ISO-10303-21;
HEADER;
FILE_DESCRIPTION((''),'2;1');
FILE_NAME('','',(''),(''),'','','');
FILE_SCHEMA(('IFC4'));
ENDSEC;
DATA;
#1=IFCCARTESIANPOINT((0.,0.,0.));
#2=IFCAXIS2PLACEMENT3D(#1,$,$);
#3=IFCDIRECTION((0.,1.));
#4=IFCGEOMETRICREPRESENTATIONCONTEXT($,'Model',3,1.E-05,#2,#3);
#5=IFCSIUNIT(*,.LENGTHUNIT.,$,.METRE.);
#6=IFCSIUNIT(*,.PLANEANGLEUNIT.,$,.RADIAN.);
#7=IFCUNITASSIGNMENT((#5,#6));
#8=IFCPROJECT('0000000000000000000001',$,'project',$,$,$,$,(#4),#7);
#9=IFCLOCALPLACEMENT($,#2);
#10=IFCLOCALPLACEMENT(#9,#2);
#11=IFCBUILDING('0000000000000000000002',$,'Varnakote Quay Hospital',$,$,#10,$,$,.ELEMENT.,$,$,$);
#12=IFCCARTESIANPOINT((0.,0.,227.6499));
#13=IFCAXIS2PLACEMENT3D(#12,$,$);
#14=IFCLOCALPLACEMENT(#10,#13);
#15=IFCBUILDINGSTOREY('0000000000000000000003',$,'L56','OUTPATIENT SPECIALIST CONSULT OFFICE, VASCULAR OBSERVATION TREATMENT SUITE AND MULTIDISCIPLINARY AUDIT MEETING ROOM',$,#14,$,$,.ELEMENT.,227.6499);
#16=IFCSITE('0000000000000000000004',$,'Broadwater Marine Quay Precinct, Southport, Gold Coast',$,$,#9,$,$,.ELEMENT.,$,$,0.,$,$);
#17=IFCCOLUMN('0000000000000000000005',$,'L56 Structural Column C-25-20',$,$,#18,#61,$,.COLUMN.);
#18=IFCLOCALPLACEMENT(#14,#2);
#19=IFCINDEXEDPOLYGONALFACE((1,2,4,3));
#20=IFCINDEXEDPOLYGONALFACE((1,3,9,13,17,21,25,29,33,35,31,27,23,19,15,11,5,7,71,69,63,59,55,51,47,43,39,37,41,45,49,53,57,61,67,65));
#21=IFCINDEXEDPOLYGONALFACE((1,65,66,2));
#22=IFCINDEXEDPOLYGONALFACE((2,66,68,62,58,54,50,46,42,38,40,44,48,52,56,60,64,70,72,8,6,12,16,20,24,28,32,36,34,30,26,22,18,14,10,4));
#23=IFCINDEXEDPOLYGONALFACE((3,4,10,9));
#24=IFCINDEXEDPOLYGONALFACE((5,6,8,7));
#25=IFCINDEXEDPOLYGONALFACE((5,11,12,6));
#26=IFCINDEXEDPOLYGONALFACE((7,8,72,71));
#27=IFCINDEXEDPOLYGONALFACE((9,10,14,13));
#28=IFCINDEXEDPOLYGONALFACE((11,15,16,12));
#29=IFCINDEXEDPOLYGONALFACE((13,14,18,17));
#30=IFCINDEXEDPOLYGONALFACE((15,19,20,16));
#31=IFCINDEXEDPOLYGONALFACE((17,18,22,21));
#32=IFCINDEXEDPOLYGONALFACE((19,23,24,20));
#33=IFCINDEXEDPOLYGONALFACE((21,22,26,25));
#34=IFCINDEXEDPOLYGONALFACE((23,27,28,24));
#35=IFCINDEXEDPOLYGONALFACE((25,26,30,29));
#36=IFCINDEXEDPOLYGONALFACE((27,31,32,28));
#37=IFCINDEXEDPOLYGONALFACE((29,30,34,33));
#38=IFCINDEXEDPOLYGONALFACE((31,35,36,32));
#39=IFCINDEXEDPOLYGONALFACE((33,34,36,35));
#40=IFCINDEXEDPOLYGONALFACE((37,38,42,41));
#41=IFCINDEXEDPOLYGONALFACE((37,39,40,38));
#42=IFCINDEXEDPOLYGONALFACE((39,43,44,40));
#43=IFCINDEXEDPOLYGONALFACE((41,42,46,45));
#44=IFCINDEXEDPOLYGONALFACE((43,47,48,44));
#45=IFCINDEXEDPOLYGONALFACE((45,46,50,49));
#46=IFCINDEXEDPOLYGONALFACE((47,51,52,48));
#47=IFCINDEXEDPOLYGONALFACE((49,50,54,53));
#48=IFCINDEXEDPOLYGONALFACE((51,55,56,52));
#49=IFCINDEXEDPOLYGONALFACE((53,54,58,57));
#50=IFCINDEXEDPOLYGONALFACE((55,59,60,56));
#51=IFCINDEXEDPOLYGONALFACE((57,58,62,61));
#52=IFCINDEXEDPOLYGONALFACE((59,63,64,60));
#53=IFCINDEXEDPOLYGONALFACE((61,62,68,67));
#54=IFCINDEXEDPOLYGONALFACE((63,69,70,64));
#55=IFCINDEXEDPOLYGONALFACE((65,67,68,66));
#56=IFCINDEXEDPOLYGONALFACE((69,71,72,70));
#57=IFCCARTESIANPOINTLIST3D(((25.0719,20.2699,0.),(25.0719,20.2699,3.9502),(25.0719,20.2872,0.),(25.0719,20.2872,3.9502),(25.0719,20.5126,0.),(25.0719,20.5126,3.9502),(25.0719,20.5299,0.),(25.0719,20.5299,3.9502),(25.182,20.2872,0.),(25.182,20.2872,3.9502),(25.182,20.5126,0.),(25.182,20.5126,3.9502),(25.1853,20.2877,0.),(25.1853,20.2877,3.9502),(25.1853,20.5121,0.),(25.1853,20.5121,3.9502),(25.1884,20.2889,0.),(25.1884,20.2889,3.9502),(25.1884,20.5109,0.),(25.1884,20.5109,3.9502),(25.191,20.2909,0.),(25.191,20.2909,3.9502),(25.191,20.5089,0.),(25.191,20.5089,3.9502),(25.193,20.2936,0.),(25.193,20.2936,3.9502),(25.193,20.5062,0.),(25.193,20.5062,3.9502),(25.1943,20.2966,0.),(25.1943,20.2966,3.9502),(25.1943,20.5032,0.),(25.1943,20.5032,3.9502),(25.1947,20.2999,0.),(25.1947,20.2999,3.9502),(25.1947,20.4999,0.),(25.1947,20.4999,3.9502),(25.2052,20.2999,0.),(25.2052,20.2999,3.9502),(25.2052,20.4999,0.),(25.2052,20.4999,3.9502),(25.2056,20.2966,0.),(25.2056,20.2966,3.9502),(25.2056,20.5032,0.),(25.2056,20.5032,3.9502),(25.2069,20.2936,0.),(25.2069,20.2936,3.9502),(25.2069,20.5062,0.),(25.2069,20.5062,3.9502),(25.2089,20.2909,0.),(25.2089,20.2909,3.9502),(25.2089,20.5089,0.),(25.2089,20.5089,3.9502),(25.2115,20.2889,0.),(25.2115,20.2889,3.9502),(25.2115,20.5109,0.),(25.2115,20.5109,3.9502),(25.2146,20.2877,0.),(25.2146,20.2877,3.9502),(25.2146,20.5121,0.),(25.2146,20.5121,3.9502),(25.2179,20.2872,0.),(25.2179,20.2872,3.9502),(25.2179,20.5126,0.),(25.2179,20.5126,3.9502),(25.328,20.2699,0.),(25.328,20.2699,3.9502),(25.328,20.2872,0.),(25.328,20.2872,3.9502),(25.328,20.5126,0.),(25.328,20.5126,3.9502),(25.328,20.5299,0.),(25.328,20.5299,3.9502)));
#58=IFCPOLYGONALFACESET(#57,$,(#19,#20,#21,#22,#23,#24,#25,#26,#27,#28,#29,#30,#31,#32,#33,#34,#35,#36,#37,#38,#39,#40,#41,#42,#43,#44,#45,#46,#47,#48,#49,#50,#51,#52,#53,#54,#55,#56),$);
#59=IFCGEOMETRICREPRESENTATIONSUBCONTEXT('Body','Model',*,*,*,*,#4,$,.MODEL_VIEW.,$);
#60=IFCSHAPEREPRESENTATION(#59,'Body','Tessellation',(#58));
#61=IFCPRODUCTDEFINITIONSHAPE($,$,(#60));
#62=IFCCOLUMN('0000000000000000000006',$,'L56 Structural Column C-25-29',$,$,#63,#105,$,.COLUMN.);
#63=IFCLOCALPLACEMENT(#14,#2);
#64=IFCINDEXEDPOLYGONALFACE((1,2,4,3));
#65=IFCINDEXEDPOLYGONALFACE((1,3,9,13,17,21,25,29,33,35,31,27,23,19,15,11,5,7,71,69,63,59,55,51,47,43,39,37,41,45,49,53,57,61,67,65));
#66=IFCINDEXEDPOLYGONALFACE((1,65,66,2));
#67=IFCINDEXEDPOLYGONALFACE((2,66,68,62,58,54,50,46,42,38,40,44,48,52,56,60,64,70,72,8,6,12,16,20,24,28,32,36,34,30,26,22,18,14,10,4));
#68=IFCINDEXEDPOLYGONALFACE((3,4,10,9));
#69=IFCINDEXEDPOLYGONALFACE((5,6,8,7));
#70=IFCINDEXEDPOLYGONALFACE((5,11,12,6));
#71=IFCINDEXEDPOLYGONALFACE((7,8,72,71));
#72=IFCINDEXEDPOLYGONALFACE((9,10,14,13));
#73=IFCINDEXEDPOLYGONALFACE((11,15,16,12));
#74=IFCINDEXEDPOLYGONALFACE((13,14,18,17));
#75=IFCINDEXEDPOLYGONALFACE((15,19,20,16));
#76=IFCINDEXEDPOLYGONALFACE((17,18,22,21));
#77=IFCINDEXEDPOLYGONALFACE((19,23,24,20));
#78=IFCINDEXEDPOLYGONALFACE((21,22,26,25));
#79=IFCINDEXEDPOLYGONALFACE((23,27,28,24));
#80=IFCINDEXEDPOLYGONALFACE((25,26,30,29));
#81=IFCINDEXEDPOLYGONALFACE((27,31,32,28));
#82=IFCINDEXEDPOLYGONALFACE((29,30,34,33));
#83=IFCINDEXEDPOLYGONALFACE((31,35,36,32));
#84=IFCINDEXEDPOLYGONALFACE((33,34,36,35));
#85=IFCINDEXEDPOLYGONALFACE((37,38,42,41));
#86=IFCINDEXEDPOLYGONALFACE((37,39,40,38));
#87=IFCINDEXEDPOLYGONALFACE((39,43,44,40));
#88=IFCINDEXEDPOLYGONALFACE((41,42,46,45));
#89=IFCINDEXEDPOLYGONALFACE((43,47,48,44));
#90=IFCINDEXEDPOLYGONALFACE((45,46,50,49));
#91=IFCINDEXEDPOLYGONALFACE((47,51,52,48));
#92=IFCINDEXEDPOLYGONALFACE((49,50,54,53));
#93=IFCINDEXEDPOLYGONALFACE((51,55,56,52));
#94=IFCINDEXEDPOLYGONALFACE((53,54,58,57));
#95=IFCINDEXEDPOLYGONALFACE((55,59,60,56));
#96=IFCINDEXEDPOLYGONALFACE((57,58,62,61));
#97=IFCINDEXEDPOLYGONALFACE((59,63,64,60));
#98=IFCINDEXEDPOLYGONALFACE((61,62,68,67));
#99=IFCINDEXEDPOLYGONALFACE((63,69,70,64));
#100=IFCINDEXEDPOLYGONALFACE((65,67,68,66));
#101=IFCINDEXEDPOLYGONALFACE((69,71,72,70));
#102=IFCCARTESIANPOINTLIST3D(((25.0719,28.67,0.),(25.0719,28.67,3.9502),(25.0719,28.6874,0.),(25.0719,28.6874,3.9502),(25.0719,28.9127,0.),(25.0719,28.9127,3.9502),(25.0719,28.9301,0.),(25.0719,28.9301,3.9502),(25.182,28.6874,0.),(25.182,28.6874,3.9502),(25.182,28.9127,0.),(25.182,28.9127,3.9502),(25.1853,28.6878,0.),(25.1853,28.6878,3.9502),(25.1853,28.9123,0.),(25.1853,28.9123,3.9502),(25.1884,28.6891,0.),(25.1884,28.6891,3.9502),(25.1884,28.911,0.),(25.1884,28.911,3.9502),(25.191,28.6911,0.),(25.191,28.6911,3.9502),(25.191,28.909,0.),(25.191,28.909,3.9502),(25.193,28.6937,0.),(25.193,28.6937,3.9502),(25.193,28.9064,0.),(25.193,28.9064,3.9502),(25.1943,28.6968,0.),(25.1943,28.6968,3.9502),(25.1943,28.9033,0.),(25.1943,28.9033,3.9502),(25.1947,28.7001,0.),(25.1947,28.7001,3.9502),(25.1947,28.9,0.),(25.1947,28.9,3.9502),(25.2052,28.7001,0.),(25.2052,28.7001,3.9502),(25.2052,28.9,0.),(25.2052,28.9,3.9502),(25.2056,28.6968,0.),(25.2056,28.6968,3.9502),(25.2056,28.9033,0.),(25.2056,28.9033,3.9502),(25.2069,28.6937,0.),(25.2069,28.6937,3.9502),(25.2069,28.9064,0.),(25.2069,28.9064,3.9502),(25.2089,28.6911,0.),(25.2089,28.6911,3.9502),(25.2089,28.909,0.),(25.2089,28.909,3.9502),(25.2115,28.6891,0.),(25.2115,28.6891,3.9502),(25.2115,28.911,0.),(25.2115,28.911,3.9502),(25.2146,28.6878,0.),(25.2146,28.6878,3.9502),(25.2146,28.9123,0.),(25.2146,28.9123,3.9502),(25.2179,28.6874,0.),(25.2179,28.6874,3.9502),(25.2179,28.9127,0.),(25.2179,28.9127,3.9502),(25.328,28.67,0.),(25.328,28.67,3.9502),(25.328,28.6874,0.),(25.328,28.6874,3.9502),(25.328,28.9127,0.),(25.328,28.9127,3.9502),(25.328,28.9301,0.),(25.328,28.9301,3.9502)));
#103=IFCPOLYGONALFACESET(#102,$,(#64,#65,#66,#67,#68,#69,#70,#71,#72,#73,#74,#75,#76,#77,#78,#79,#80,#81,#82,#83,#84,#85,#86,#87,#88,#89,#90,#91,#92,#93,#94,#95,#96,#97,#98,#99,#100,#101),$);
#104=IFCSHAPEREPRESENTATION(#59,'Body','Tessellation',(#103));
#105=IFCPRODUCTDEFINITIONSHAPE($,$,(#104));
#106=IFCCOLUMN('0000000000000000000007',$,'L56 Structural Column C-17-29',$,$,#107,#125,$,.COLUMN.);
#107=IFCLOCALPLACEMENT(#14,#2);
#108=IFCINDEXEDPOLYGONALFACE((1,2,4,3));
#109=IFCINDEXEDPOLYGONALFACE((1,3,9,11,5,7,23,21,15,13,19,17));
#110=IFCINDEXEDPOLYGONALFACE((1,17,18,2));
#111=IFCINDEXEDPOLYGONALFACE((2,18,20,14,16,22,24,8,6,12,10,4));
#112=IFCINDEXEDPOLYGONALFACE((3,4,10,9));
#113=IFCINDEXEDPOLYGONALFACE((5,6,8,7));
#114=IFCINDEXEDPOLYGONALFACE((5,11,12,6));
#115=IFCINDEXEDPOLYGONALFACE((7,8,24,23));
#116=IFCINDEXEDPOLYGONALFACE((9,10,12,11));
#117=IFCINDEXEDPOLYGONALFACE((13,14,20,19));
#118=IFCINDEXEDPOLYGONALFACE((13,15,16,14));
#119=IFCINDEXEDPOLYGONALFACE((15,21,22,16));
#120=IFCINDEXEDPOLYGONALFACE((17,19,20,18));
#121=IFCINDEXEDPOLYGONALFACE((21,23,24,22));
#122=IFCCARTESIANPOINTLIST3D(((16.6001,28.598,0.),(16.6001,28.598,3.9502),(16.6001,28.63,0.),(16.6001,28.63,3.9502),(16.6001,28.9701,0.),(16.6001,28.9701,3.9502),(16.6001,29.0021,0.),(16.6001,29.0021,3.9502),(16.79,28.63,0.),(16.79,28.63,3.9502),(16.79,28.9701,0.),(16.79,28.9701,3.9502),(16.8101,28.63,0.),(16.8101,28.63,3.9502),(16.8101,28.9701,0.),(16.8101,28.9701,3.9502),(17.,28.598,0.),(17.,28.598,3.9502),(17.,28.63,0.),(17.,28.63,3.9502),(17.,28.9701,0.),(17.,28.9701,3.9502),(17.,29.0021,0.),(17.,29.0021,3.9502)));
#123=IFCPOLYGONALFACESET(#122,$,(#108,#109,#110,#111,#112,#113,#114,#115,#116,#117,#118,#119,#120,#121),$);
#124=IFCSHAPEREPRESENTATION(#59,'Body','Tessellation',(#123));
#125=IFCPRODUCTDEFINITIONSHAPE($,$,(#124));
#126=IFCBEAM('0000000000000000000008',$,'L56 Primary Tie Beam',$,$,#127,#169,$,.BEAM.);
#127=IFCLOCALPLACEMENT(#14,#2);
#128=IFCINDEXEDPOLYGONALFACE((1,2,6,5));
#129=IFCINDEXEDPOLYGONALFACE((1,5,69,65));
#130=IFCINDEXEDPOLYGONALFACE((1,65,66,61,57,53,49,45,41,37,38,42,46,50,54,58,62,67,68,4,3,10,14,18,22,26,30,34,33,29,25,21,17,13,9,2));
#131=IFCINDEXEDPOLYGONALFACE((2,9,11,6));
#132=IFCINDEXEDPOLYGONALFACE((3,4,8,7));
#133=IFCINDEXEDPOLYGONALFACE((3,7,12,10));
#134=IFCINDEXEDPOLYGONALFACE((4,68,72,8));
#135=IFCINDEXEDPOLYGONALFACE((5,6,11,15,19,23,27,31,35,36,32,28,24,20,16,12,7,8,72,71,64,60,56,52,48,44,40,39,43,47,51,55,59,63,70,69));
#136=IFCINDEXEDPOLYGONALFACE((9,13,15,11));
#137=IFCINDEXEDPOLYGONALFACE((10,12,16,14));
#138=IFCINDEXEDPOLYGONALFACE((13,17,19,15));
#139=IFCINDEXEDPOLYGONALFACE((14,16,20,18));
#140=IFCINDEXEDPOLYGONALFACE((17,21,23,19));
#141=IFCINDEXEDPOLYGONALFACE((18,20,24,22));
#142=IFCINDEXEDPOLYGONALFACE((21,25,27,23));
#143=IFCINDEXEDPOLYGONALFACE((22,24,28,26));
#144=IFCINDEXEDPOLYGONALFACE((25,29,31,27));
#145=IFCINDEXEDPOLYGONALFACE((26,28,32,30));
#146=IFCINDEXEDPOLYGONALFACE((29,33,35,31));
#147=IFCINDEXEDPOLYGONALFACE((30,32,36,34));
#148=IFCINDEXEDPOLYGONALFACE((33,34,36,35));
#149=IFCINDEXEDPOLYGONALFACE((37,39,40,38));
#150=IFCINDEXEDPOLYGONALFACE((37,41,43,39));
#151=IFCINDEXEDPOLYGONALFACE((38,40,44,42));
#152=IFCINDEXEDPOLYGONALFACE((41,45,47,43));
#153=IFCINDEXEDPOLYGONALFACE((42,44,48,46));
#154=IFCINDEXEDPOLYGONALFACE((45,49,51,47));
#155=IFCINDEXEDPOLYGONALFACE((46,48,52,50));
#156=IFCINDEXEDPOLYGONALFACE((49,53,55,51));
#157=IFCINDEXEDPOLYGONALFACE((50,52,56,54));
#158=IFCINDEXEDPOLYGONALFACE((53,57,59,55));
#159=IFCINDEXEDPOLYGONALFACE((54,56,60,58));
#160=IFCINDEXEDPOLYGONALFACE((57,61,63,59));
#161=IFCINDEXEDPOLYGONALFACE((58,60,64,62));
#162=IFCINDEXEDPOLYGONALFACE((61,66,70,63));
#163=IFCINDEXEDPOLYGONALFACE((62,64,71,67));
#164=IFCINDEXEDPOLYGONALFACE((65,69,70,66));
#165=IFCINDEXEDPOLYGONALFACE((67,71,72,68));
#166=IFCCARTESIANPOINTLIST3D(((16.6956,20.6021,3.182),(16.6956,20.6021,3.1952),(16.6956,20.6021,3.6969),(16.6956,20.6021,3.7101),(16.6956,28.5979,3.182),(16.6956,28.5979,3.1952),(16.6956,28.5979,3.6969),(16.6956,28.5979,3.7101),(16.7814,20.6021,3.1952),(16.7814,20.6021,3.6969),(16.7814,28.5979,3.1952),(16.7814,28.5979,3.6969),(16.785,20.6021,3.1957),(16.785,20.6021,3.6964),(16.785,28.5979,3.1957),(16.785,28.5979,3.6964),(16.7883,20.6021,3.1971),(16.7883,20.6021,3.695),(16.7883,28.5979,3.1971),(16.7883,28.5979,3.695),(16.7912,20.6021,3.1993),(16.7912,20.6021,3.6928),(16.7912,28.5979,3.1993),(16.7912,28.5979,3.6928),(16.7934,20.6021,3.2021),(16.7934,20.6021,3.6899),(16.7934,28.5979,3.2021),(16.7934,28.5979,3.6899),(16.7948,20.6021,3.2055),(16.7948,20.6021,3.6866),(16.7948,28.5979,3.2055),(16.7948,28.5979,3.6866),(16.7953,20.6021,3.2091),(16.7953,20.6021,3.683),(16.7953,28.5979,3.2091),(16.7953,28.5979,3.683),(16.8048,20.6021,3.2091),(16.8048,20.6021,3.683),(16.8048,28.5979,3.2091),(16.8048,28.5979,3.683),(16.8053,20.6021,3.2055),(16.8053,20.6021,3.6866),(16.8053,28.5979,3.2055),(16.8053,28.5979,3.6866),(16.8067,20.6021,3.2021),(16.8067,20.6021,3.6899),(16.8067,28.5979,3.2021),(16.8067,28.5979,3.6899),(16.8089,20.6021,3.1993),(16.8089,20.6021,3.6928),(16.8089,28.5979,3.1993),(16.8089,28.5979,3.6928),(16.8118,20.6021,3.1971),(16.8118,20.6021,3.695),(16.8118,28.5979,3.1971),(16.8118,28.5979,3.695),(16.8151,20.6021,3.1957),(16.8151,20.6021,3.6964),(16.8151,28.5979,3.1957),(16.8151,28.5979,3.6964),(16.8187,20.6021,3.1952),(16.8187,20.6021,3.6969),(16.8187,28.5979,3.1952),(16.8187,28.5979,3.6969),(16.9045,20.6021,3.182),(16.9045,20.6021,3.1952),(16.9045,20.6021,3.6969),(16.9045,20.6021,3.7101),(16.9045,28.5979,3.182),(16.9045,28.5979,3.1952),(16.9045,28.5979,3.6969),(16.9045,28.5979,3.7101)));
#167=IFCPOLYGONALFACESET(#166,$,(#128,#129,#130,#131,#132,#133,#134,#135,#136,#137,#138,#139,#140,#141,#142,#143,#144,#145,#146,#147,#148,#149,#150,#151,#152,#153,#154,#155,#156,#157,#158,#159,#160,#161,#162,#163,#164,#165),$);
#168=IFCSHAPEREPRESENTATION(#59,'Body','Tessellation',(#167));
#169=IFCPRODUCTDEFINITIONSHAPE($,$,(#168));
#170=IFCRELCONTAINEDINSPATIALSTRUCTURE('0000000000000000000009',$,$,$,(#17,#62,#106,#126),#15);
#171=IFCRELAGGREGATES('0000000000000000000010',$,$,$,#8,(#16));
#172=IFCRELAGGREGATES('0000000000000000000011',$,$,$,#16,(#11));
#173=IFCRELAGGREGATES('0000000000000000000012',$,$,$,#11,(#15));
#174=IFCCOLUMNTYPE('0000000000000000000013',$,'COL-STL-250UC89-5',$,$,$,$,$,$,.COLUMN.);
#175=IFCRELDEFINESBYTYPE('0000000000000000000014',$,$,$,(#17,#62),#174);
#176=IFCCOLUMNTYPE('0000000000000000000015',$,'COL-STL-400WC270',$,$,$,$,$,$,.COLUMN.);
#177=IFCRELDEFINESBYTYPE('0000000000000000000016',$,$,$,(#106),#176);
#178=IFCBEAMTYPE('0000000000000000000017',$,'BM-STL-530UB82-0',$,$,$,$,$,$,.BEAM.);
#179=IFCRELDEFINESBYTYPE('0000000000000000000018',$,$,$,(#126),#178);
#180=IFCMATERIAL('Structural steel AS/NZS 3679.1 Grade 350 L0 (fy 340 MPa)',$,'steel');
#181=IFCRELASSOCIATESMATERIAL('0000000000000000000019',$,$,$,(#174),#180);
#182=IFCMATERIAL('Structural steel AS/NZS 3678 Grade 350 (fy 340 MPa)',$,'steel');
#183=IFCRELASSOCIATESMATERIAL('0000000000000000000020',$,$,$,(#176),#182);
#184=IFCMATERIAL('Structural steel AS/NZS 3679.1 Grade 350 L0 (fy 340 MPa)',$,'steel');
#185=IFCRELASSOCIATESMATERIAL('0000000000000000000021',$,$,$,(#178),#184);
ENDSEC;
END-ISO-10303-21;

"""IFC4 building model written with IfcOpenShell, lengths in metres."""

from ifc_helpers import new_model, si_unit, direction, frame, origin, origin_2d, place, context, subcontext, project, spatial, i_section, extrude, material, material_profile, profile_set, type_object, element, save


model = new_model("IFC4")

# Units and contexts
model_context = context("Model", 3, precision=1e-05, world=origin(), true_north=direction((0.0, 1.0)))
body_context = subcontext(model_context, "Body", "Model", "MODEL_VIEW")
ifc_project = project(units=[si_unit("LENGTHUNIT", "METRE"), si_unit("PLANEANGLEUNIT", "RADIAN")], contexts=[model_context])

# Site, building, storey
site_placement = place(None, origin())
site = spatial("IfcSite", under=ifc_project, at=site_placement, Name="Broadwater Marine Quay Precinct, Southport, Gold Coast", CompositionType="ELEMENT", RefElevation=0.0)
building_placement = place(site_placement, origin())
building = spatial("IfcBuilding", under=site, at=building_placement, Name="Varnakote Quay Hospital", CompositionType="ELEMENT")
storey_placement = place(building_placement, frame((0.0, 0.0, 227.6499)))
storey = spatial("IfcBuildingStorey", under=building, at=storey_placement, Name="L56", Description="OUTPATIENT SPECIALIST CONSULT OFFICE, VASCULAR OBSERVATION TREATMENT SUITE AND MULTIDISCIPLINARY AUDIT MEETING ROOM", CompositionType="ELEMENT", Elevation=227.6499)

# Columns
ifc_material_1 = material(Name="Structural steel AS/NZS 3679.1 Grade 350 L0 (fy 340 MPa)", Category="steel")
ifc_material_profile_1 = material_profile(ifc_material_1, i_section(OverallWidth=0.2561, OverallDepth=0.26, WebThickness=0.0105, FlangeThickness=0.0173, FilletRadius=0.0127, at=origin_2d()), Name="250UC89.5")
ifc_profile_set_1 = profile_set([ifc_material_profile_1], Name="Structural steel AS/NZS 3679.1 Grade 350 L0 (fy 340 MPa)")
column_type_1 = type_object("IfcColumnType", Name="COL-STL-250UC89-5", PredefinedType="COLUMN", material=ifc_profile_set_1)
for number, where, z_axis, x_axis, name in (
    (1, (25.2, 20.3999, 0.0), (0.0, 0.0, 1.0), (1.0, 0.0, 0.0), "L56 Structural Column C-25-20"),
    (2, (25.2, 28.8, 0.0), (0.0, 0.0, 1.0), (1.0, 0.0, 0.0), "L56 Structural Column C-25-29"),
):
    element("IfcColumn", number, at=place(storey_placement, frame(where, z_axis=z_axis, x_axis=x_axis)), inside=storey, type_object=column_type_1, Name=name, PredefinedType="COLUMN", context=body_context, shape_type="SweptSolid", body=[
        extrude(i_section(OverallWidth=0.2561, OverallDepth=0.26, WebThickness=0.0105, FlangeThickness=0.0173, FilletRadius=0.0127, at=origin_2d()), origin(), (0.0, 0.0, 1.0), 3.9502),
    ])
ifc_material_2 = material(Name="Structural steel AS/NZS 3678 Grade 350 (fy 340 MPa)", Category="steel")
ifc_material_profile_2 = material_profile(ifc_material_2, i_section(OverallWidth=0.3999, OverallDepth=0.4041, WebThickness=0.02, FlangeThickness=0.032, at=origin_2d()), Name="400WC270")
ifc_profile_set_2 = profile_set([ifc_material_profile_2], Name="Structural steel AS/NZS 3678 Grade 350 (fy 340 MPa)")
column_type_2 = type_object("IfcColumnType", Name="COL-STL-400WC270", PredefinedType="COLUMN", material=ifc_profile_set_2)
column_placement = place(storey_placement, frame((16.8, 28.8, 0.0), z_axis=(0.0, 0.0, 1.0), x_axis=(1.0, 0.0, 0.0)))
element("IfcColumn", 3, at=column_placement, inside=storey, type_object=column_type_2, Name="L56 Structural Column C-17-29", PredefinedType="COLUMN", context=body_context, shape_type="SweptSolid", body=[
    extrude(i_section(OverallWidth=0.3999, OverallDepth=0.4041, WebThickness=0.02, FlangeThickness=0.032, at=origin_2d()), origin(), (0.0, 0.0, 1.0), 3.9502),
])

# Beam
ifc_material_3 = material(Name="Structural steel AS/NZS 3679.1 Grade 350 L0 (fy 340 MPa)", Category="steel")
ifc_material_profile_3 = material_profile(ifc_material_3, i_section(OverallWidth=0.209, OverallDepth=0.5281, WebThickness=0.0095, FlangeThickness=0.0132, FilletRadius=0.0139, at=origin_2d()), Name="530UB82.0")
ifc_profile_set_3 = profile_set([ifc_material_profile_3], Name="Structural steel AS/NZS 3679.1 Grade 350 L0 (fy 340 MPa)")
beam_type_1 = type_object("IfcBeamType", Name="BM-STL-530UB82-0", PredefinedType="BEAM", material=ifc_profile_set_3)
beam_1_placement = place(storey_placement, frame((16.8, 20.6021, 3.446), z_axis=(0.0, 1.0, 0.0), x_axis=(-1.0, 0.0, 0.0)))
element("IfcBeam", 4, at=beam_1_placement, inside=storey, type_object=beam_type_1, Name="L56 Primary Tie Beam", PredefinedType="BEAM", context=body_context, shape_type="SweptSolid", body=[
    extrude(i_section(OverallWidth=0.209, OverallDepth=0.5281, WebThickness=0.0095, FlangeThickness=0.0132, FilletRadius=0.0139, at=origin_2d()), origin(), (0.0, 0.0, 1.0), 7.9958),
])

save(model, "model.ifc")
